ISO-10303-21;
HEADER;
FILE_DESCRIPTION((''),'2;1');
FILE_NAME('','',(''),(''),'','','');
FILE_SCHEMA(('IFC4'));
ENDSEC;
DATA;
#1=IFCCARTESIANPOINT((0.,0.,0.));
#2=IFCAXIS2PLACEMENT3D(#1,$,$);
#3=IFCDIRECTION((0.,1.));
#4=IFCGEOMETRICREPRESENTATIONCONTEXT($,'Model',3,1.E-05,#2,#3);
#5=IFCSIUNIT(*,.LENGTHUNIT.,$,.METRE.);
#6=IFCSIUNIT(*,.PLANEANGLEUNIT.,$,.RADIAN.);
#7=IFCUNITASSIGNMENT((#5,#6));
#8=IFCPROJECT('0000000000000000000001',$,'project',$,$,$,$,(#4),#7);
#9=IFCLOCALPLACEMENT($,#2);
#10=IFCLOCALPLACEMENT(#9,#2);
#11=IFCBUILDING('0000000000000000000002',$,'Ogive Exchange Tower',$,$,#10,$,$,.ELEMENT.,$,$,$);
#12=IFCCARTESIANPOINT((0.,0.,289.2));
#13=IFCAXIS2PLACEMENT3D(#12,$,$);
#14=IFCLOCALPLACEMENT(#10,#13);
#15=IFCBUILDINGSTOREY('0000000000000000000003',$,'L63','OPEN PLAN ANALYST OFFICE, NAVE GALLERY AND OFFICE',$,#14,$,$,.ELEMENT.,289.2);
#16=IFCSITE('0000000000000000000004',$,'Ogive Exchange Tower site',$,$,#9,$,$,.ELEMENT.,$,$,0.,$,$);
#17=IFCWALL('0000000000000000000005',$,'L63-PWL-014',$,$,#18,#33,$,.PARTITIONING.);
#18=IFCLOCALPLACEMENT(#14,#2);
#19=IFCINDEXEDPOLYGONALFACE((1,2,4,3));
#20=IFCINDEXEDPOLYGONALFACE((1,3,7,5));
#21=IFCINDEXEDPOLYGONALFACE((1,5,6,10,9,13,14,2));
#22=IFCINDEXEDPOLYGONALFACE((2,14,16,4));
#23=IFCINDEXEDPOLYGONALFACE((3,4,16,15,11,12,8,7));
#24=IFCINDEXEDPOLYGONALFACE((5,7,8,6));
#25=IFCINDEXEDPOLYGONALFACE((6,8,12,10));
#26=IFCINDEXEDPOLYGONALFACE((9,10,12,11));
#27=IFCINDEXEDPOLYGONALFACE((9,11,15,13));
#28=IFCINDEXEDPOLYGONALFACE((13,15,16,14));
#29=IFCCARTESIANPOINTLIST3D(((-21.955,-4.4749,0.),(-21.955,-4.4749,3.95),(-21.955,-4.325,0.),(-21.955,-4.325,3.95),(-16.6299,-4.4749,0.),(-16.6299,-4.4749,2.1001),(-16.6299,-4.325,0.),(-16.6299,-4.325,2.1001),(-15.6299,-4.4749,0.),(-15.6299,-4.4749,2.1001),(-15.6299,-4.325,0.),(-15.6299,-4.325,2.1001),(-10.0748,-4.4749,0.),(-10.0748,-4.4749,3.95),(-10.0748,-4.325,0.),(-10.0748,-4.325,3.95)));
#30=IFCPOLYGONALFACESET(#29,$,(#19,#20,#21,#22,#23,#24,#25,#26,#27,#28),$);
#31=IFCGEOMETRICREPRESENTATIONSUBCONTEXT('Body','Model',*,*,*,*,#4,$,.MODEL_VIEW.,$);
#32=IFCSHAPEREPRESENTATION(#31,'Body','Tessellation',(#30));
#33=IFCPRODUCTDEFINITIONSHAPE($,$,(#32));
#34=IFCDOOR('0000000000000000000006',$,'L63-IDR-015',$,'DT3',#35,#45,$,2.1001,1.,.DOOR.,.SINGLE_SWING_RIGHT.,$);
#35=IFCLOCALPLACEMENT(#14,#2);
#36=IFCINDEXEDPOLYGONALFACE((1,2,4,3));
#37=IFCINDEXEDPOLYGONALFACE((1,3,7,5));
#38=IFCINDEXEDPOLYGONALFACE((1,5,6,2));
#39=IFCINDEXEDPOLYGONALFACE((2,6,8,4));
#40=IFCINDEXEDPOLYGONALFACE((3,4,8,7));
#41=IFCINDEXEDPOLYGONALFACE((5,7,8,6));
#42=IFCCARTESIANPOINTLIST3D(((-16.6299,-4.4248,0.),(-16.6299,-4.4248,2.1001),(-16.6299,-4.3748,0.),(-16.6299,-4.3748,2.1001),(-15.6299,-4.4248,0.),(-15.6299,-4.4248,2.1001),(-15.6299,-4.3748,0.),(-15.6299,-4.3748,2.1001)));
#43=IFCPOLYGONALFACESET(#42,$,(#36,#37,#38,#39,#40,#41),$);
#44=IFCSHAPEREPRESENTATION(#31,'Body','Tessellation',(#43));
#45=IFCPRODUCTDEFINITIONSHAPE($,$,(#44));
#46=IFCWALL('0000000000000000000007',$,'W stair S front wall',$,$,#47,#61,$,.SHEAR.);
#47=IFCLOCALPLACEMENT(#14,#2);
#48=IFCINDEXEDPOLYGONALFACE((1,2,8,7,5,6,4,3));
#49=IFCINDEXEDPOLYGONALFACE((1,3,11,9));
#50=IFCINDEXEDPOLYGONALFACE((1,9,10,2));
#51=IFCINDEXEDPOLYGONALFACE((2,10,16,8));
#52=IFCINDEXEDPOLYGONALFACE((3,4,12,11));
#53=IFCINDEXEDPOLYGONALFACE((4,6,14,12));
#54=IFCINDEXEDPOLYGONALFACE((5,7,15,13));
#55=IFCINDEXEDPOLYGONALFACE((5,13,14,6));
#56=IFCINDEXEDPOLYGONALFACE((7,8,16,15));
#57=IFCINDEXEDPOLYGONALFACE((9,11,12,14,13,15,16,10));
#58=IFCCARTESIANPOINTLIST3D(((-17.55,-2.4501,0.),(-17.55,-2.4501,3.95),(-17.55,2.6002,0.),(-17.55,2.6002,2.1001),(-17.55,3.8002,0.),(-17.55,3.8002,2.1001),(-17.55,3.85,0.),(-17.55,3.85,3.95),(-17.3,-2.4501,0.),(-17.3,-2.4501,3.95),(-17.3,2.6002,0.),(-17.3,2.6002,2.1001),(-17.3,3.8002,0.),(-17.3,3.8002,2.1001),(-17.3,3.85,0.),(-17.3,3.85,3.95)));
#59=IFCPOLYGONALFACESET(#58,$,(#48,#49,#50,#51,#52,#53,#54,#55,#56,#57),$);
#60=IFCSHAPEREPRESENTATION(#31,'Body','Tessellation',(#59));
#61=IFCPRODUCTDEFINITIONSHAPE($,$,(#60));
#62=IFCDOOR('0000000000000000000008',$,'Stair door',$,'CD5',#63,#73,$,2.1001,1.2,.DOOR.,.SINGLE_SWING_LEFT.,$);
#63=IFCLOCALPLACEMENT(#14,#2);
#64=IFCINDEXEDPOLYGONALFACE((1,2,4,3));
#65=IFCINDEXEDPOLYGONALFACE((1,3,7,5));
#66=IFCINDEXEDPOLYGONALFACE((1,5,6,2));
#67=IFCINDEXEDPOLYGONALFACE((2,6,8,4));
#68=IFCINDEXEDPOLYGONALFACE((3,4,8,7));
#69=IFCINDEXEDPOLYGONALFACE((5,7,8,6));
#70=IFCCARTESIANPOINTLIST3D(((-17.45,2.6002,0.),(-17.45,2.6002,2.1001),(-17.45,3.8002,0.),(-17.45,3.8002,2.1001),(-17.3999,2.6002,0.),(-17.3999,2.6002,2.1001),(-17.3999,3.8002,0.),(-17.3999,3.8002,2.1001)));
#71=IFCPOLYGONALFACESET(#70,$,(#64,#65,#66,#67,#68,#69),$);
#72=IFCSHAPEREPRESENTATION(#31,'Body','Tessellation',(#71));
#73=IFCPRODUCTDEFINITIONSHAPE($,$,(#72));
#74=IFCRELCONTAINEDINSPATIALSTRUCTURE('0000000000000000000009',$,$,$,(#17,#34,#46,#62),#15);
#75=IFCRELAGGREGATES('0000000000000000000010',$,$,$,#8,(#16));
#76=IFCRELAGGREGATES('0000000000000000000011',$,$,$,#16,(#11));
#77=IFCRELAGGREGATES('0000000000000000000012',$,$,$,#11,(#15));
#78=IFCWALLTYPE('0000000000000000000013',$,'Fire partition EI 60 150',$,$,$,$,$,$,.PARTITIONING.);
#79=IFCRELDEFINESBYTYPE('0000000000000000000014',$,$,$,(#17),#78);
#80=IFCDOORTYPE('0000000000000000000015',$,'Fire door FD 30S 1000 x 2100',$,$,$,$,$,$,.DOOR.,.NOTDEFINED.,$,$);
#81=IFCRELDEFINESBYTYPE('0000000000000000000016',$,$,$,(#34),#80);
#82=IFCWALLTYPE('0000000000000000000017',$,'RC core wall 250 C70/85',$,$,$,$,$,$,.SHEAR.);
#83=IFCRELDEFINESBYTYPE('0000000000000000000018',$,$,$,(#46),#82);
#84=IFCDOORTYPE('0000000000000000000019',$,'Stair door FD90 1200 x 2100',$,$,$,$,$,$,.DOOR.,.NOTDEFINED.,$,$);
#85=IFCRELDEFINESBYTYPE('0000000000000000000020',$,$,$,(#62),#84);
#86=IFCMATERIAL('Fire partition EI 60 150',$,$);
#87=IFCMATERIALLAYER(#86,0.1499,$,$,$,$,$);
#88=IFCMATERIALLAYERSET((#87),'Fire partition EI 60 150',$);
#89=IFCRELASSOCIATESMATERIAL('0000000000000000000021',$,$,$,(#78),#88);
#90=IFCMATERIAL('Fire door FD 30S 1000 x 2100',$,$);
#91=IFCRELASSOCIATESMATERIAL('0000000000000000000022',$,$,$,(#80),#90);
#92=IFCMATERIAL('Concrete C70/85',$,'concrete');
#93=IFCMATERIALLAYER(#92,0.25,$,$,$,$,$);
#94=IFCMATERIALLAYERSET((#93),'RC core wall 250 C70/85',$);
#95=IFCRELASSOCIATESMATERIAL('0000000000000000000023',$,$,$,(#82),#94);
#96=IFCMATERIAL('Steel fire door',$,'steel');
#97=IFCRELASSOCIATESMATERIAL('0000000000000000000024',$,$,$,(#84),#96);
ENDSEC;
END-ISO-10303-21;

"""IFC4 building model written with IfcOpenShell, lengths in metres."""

from ifc_helpers import new_model, si_unit, direction, frame, frame_2d, origin, place, context, subcontext, project, spatial, rectangle, extrude, material, layer, layer_set, type_object, element, fill, save


model = new_model("IFC4")

# Units and contexts
model_context = context("Model", 3, precision=1e-05, world=origin(), true_north=direction((0.0, 1.0)))
body_context = subcontext(model_context, "Body", "Model", "MODEL_VIEW")
ifc_project = project(units=[si_unit("LENGTHUNIT", "METRE"), si_unit("PLANEANGLEUNIT", "RADIAN")], contexts=[model_context])

# Site, building, storey
site_placement = place(None, origin())
site = spatial("IfcSite", under=ifc_project, at=site_placement, Name="Ogive Exchange Tower site", CompositionType="ELEMENT", RefElevation=0.0)
building_placement = place(site_placement, origin())
building = spatial("IfcBuilding", under=site, at=building_placement, Name="Ogive Exchange Tower", CompositionType="ELEMENT")
storey_placement = place(building_placement, frame((0.0, 0.0, 289.2)))
storey = spatial("IfcBuildingStorey", under=building, at=storey_placement, Name="L63", Description="OPEN PLAN ANALYST OFFICE, NAVE GALLERY AND OFFICE", CompositionType="ELEMENT", Elevation=289.2)

# Shared definitions
ifc_material_1 = material(Name="Fire partition EI 60 150")
ifc_layer_1 = layer(ifc_material_1, 0.1499)
ifc_layer_set_1 = layer_set([ifc_layer_1], Name="Fire partition EI 60 150")
wall_type_1 = type_object("IfcWallType", Name="Fire partition EI 60 150", PredefinedType="PARTITIONING", material=ifc_layer_set_1)

# Walls, openings, doors
wall_1_placement = place(storey_placement, frame((-10.075, -4.3999, 0.0), z_axis=(0.0, 0.0, 1.0), x_axis=(-1.0, 0.0, 0.0)))
wall_1 = element("IfcWall", 1, at=wall_1_placement, inside=storey, type_object=wall_type_1, Name="L63-PWL-014", PredefinedType="PARTITIONING", context=body_context, shape_type="SweptSolid", body=[
    extrude(rectangle(XDim=11.8801, YDim=0.1499, at=frame_2d((5.9399, 0.0))), origin(), (0.0, 0.0, 1.0), 3.95),
])
opening_1_placement = place(wall_1_placement, frame((5.5549, 0.0, 0.0)))
opening_1 = element("IfcOpeningElement", 2, at=opening_1_placement, cuts=wall_1, PredefinedType="OPENING", context=body_context, shape_type="SweptSolid", body=[
    extrude(rectangle(XDim=1.0, YDim=2.1001, at=frame_2d((0.5, 1.05))), frame((0.0, 0.085, 0.0), z_axis=(0.0, -1.0, 0.0), x_axis=(1.0, 0.0, 0.0)), (0.0, 0.0, 1.0), 0.1699),
])
ifc_material_2 = material(Name="Fire door FD 30S 1000 x 2100")
door_type_1 = type_object("IfcDoorType", Name="Fire door FD 30S 1000 x 2100", OperationType="NOTDEFINED", PredefinedType="DOOR", material=ifc_material_2)
door_1_placement = place(opening_1_placement, origin())
door_1 = element("IfcDoor", 3, at=door_1_placement, inside=storey, type_object=door_type_1, Name="L63-IDR-015", ObjectType="DT3", OperationType="SINGLE_SWING_RIGHT", OverallHeight=2.1001, OverallWidth=1.0, PredefinedType="DOOR", context=body_context, shape_type="SweptSolid", body=[
    extrude(rectangle(XDim=1.0, YDim=2.1001, at=frame_2d((0.5, 1.05))), frame((0.0, 0.0249, 0.0), z_axis=(0.0, -1.0, 0.0), x_axis=(1.0, 0.0, 0.0)), (0.0, 0.0, 1.0), 0.05),
])
fill(opening_1, door_1)
ifc_material_3 = material(Name="Concrete C70/85", Category="concrete")
ifc_layer_2 = layer(ifc_material_3, 0.25)
ifc_layer_set_2 = layer_set([ifc_layer_2], Name="RC core wall 250 C70/85")
wall_type_2 = type_object("IfcWallType", Name="RC core wall 250 C70/85", PredefinedType="SHEAR", material=ifc_layer_set_2)
wall_2_placement = place(storey_placement, frame((-17.425, -2.45, 0.0), z_axis=(0.0, 0.0, 1.0), x_axis=(0.0, 1.0, 0.0)))
wall_2 = element("IfcWall", 4, at=wall_2_placement, inside=storey, type_object=wall_type_2, Name="W stair S front wall", PredefinedType="SHEAR", context=body_context, shape_type="SweptSolid", body=[
    extrude(rectangle(XDim=6.3, YDim=0.25, at=frame_2d((3.1499, 0.0))), origin(), (0.0, 0.0, 1.0), 3.95),
])
opening_2_placement = place(wall_2_placement, frame((5.05, 0.0, 0.0)))
opening_2 = element("IfcOpeningElement", 5, at=opening_2_placement, cuts=wall_2, PredefinedType="OPENING", context=body_context, shape_type="SweptSolid", body=[
    extrude(rectangle(XDim=1.2, YDim=2.1001, at=frame_2d((0.6001, 1.05))), frame((0.0, 0.135, 0.0), z_axis=(0.0, -1.0, 0.0), x_axis=(1.0, 0.0, 0.0)), (0.0, 0.0, 1.0), 0.27),
])
ifc_material_4 = material(Name="Steel fire door", Category="steel")
door_type_2 = type_object("IfcDoorType", Name="Stair door FD90 1200 x 2100", OperationType="NOTDEFINED", PredefinedType="DOOR", material=ifc_material_4)
door_2_placement = place(opening_2_placement, origin())
door_2 = element("IfcDoor", 6, at=door_2_placement, inside=storey, type_object=door_type_2, Name="Stair door", ObjectType="CD5", OperationType="SINGLE_SWING_LEFT", OverallHeight=2.1001, OverallWidth=1.2, PredefinedType="DOOR", context=body_context, shape_type="SweptSolid", body=[
    extrude(rectangle(XDim=1.2, YDim=2.1001, at=frame_2d((0.6001, 1.05))), frame((0.0, 0.0249, 0.0), z_axis=(0.0, -1.0, 0.0), x_axis=(1.0, 0.0, 0.0)), (0.0, 0.0, 1.0), 0.05),
])
fill(opening_2, door_2)

save(model, "model.ifc")
